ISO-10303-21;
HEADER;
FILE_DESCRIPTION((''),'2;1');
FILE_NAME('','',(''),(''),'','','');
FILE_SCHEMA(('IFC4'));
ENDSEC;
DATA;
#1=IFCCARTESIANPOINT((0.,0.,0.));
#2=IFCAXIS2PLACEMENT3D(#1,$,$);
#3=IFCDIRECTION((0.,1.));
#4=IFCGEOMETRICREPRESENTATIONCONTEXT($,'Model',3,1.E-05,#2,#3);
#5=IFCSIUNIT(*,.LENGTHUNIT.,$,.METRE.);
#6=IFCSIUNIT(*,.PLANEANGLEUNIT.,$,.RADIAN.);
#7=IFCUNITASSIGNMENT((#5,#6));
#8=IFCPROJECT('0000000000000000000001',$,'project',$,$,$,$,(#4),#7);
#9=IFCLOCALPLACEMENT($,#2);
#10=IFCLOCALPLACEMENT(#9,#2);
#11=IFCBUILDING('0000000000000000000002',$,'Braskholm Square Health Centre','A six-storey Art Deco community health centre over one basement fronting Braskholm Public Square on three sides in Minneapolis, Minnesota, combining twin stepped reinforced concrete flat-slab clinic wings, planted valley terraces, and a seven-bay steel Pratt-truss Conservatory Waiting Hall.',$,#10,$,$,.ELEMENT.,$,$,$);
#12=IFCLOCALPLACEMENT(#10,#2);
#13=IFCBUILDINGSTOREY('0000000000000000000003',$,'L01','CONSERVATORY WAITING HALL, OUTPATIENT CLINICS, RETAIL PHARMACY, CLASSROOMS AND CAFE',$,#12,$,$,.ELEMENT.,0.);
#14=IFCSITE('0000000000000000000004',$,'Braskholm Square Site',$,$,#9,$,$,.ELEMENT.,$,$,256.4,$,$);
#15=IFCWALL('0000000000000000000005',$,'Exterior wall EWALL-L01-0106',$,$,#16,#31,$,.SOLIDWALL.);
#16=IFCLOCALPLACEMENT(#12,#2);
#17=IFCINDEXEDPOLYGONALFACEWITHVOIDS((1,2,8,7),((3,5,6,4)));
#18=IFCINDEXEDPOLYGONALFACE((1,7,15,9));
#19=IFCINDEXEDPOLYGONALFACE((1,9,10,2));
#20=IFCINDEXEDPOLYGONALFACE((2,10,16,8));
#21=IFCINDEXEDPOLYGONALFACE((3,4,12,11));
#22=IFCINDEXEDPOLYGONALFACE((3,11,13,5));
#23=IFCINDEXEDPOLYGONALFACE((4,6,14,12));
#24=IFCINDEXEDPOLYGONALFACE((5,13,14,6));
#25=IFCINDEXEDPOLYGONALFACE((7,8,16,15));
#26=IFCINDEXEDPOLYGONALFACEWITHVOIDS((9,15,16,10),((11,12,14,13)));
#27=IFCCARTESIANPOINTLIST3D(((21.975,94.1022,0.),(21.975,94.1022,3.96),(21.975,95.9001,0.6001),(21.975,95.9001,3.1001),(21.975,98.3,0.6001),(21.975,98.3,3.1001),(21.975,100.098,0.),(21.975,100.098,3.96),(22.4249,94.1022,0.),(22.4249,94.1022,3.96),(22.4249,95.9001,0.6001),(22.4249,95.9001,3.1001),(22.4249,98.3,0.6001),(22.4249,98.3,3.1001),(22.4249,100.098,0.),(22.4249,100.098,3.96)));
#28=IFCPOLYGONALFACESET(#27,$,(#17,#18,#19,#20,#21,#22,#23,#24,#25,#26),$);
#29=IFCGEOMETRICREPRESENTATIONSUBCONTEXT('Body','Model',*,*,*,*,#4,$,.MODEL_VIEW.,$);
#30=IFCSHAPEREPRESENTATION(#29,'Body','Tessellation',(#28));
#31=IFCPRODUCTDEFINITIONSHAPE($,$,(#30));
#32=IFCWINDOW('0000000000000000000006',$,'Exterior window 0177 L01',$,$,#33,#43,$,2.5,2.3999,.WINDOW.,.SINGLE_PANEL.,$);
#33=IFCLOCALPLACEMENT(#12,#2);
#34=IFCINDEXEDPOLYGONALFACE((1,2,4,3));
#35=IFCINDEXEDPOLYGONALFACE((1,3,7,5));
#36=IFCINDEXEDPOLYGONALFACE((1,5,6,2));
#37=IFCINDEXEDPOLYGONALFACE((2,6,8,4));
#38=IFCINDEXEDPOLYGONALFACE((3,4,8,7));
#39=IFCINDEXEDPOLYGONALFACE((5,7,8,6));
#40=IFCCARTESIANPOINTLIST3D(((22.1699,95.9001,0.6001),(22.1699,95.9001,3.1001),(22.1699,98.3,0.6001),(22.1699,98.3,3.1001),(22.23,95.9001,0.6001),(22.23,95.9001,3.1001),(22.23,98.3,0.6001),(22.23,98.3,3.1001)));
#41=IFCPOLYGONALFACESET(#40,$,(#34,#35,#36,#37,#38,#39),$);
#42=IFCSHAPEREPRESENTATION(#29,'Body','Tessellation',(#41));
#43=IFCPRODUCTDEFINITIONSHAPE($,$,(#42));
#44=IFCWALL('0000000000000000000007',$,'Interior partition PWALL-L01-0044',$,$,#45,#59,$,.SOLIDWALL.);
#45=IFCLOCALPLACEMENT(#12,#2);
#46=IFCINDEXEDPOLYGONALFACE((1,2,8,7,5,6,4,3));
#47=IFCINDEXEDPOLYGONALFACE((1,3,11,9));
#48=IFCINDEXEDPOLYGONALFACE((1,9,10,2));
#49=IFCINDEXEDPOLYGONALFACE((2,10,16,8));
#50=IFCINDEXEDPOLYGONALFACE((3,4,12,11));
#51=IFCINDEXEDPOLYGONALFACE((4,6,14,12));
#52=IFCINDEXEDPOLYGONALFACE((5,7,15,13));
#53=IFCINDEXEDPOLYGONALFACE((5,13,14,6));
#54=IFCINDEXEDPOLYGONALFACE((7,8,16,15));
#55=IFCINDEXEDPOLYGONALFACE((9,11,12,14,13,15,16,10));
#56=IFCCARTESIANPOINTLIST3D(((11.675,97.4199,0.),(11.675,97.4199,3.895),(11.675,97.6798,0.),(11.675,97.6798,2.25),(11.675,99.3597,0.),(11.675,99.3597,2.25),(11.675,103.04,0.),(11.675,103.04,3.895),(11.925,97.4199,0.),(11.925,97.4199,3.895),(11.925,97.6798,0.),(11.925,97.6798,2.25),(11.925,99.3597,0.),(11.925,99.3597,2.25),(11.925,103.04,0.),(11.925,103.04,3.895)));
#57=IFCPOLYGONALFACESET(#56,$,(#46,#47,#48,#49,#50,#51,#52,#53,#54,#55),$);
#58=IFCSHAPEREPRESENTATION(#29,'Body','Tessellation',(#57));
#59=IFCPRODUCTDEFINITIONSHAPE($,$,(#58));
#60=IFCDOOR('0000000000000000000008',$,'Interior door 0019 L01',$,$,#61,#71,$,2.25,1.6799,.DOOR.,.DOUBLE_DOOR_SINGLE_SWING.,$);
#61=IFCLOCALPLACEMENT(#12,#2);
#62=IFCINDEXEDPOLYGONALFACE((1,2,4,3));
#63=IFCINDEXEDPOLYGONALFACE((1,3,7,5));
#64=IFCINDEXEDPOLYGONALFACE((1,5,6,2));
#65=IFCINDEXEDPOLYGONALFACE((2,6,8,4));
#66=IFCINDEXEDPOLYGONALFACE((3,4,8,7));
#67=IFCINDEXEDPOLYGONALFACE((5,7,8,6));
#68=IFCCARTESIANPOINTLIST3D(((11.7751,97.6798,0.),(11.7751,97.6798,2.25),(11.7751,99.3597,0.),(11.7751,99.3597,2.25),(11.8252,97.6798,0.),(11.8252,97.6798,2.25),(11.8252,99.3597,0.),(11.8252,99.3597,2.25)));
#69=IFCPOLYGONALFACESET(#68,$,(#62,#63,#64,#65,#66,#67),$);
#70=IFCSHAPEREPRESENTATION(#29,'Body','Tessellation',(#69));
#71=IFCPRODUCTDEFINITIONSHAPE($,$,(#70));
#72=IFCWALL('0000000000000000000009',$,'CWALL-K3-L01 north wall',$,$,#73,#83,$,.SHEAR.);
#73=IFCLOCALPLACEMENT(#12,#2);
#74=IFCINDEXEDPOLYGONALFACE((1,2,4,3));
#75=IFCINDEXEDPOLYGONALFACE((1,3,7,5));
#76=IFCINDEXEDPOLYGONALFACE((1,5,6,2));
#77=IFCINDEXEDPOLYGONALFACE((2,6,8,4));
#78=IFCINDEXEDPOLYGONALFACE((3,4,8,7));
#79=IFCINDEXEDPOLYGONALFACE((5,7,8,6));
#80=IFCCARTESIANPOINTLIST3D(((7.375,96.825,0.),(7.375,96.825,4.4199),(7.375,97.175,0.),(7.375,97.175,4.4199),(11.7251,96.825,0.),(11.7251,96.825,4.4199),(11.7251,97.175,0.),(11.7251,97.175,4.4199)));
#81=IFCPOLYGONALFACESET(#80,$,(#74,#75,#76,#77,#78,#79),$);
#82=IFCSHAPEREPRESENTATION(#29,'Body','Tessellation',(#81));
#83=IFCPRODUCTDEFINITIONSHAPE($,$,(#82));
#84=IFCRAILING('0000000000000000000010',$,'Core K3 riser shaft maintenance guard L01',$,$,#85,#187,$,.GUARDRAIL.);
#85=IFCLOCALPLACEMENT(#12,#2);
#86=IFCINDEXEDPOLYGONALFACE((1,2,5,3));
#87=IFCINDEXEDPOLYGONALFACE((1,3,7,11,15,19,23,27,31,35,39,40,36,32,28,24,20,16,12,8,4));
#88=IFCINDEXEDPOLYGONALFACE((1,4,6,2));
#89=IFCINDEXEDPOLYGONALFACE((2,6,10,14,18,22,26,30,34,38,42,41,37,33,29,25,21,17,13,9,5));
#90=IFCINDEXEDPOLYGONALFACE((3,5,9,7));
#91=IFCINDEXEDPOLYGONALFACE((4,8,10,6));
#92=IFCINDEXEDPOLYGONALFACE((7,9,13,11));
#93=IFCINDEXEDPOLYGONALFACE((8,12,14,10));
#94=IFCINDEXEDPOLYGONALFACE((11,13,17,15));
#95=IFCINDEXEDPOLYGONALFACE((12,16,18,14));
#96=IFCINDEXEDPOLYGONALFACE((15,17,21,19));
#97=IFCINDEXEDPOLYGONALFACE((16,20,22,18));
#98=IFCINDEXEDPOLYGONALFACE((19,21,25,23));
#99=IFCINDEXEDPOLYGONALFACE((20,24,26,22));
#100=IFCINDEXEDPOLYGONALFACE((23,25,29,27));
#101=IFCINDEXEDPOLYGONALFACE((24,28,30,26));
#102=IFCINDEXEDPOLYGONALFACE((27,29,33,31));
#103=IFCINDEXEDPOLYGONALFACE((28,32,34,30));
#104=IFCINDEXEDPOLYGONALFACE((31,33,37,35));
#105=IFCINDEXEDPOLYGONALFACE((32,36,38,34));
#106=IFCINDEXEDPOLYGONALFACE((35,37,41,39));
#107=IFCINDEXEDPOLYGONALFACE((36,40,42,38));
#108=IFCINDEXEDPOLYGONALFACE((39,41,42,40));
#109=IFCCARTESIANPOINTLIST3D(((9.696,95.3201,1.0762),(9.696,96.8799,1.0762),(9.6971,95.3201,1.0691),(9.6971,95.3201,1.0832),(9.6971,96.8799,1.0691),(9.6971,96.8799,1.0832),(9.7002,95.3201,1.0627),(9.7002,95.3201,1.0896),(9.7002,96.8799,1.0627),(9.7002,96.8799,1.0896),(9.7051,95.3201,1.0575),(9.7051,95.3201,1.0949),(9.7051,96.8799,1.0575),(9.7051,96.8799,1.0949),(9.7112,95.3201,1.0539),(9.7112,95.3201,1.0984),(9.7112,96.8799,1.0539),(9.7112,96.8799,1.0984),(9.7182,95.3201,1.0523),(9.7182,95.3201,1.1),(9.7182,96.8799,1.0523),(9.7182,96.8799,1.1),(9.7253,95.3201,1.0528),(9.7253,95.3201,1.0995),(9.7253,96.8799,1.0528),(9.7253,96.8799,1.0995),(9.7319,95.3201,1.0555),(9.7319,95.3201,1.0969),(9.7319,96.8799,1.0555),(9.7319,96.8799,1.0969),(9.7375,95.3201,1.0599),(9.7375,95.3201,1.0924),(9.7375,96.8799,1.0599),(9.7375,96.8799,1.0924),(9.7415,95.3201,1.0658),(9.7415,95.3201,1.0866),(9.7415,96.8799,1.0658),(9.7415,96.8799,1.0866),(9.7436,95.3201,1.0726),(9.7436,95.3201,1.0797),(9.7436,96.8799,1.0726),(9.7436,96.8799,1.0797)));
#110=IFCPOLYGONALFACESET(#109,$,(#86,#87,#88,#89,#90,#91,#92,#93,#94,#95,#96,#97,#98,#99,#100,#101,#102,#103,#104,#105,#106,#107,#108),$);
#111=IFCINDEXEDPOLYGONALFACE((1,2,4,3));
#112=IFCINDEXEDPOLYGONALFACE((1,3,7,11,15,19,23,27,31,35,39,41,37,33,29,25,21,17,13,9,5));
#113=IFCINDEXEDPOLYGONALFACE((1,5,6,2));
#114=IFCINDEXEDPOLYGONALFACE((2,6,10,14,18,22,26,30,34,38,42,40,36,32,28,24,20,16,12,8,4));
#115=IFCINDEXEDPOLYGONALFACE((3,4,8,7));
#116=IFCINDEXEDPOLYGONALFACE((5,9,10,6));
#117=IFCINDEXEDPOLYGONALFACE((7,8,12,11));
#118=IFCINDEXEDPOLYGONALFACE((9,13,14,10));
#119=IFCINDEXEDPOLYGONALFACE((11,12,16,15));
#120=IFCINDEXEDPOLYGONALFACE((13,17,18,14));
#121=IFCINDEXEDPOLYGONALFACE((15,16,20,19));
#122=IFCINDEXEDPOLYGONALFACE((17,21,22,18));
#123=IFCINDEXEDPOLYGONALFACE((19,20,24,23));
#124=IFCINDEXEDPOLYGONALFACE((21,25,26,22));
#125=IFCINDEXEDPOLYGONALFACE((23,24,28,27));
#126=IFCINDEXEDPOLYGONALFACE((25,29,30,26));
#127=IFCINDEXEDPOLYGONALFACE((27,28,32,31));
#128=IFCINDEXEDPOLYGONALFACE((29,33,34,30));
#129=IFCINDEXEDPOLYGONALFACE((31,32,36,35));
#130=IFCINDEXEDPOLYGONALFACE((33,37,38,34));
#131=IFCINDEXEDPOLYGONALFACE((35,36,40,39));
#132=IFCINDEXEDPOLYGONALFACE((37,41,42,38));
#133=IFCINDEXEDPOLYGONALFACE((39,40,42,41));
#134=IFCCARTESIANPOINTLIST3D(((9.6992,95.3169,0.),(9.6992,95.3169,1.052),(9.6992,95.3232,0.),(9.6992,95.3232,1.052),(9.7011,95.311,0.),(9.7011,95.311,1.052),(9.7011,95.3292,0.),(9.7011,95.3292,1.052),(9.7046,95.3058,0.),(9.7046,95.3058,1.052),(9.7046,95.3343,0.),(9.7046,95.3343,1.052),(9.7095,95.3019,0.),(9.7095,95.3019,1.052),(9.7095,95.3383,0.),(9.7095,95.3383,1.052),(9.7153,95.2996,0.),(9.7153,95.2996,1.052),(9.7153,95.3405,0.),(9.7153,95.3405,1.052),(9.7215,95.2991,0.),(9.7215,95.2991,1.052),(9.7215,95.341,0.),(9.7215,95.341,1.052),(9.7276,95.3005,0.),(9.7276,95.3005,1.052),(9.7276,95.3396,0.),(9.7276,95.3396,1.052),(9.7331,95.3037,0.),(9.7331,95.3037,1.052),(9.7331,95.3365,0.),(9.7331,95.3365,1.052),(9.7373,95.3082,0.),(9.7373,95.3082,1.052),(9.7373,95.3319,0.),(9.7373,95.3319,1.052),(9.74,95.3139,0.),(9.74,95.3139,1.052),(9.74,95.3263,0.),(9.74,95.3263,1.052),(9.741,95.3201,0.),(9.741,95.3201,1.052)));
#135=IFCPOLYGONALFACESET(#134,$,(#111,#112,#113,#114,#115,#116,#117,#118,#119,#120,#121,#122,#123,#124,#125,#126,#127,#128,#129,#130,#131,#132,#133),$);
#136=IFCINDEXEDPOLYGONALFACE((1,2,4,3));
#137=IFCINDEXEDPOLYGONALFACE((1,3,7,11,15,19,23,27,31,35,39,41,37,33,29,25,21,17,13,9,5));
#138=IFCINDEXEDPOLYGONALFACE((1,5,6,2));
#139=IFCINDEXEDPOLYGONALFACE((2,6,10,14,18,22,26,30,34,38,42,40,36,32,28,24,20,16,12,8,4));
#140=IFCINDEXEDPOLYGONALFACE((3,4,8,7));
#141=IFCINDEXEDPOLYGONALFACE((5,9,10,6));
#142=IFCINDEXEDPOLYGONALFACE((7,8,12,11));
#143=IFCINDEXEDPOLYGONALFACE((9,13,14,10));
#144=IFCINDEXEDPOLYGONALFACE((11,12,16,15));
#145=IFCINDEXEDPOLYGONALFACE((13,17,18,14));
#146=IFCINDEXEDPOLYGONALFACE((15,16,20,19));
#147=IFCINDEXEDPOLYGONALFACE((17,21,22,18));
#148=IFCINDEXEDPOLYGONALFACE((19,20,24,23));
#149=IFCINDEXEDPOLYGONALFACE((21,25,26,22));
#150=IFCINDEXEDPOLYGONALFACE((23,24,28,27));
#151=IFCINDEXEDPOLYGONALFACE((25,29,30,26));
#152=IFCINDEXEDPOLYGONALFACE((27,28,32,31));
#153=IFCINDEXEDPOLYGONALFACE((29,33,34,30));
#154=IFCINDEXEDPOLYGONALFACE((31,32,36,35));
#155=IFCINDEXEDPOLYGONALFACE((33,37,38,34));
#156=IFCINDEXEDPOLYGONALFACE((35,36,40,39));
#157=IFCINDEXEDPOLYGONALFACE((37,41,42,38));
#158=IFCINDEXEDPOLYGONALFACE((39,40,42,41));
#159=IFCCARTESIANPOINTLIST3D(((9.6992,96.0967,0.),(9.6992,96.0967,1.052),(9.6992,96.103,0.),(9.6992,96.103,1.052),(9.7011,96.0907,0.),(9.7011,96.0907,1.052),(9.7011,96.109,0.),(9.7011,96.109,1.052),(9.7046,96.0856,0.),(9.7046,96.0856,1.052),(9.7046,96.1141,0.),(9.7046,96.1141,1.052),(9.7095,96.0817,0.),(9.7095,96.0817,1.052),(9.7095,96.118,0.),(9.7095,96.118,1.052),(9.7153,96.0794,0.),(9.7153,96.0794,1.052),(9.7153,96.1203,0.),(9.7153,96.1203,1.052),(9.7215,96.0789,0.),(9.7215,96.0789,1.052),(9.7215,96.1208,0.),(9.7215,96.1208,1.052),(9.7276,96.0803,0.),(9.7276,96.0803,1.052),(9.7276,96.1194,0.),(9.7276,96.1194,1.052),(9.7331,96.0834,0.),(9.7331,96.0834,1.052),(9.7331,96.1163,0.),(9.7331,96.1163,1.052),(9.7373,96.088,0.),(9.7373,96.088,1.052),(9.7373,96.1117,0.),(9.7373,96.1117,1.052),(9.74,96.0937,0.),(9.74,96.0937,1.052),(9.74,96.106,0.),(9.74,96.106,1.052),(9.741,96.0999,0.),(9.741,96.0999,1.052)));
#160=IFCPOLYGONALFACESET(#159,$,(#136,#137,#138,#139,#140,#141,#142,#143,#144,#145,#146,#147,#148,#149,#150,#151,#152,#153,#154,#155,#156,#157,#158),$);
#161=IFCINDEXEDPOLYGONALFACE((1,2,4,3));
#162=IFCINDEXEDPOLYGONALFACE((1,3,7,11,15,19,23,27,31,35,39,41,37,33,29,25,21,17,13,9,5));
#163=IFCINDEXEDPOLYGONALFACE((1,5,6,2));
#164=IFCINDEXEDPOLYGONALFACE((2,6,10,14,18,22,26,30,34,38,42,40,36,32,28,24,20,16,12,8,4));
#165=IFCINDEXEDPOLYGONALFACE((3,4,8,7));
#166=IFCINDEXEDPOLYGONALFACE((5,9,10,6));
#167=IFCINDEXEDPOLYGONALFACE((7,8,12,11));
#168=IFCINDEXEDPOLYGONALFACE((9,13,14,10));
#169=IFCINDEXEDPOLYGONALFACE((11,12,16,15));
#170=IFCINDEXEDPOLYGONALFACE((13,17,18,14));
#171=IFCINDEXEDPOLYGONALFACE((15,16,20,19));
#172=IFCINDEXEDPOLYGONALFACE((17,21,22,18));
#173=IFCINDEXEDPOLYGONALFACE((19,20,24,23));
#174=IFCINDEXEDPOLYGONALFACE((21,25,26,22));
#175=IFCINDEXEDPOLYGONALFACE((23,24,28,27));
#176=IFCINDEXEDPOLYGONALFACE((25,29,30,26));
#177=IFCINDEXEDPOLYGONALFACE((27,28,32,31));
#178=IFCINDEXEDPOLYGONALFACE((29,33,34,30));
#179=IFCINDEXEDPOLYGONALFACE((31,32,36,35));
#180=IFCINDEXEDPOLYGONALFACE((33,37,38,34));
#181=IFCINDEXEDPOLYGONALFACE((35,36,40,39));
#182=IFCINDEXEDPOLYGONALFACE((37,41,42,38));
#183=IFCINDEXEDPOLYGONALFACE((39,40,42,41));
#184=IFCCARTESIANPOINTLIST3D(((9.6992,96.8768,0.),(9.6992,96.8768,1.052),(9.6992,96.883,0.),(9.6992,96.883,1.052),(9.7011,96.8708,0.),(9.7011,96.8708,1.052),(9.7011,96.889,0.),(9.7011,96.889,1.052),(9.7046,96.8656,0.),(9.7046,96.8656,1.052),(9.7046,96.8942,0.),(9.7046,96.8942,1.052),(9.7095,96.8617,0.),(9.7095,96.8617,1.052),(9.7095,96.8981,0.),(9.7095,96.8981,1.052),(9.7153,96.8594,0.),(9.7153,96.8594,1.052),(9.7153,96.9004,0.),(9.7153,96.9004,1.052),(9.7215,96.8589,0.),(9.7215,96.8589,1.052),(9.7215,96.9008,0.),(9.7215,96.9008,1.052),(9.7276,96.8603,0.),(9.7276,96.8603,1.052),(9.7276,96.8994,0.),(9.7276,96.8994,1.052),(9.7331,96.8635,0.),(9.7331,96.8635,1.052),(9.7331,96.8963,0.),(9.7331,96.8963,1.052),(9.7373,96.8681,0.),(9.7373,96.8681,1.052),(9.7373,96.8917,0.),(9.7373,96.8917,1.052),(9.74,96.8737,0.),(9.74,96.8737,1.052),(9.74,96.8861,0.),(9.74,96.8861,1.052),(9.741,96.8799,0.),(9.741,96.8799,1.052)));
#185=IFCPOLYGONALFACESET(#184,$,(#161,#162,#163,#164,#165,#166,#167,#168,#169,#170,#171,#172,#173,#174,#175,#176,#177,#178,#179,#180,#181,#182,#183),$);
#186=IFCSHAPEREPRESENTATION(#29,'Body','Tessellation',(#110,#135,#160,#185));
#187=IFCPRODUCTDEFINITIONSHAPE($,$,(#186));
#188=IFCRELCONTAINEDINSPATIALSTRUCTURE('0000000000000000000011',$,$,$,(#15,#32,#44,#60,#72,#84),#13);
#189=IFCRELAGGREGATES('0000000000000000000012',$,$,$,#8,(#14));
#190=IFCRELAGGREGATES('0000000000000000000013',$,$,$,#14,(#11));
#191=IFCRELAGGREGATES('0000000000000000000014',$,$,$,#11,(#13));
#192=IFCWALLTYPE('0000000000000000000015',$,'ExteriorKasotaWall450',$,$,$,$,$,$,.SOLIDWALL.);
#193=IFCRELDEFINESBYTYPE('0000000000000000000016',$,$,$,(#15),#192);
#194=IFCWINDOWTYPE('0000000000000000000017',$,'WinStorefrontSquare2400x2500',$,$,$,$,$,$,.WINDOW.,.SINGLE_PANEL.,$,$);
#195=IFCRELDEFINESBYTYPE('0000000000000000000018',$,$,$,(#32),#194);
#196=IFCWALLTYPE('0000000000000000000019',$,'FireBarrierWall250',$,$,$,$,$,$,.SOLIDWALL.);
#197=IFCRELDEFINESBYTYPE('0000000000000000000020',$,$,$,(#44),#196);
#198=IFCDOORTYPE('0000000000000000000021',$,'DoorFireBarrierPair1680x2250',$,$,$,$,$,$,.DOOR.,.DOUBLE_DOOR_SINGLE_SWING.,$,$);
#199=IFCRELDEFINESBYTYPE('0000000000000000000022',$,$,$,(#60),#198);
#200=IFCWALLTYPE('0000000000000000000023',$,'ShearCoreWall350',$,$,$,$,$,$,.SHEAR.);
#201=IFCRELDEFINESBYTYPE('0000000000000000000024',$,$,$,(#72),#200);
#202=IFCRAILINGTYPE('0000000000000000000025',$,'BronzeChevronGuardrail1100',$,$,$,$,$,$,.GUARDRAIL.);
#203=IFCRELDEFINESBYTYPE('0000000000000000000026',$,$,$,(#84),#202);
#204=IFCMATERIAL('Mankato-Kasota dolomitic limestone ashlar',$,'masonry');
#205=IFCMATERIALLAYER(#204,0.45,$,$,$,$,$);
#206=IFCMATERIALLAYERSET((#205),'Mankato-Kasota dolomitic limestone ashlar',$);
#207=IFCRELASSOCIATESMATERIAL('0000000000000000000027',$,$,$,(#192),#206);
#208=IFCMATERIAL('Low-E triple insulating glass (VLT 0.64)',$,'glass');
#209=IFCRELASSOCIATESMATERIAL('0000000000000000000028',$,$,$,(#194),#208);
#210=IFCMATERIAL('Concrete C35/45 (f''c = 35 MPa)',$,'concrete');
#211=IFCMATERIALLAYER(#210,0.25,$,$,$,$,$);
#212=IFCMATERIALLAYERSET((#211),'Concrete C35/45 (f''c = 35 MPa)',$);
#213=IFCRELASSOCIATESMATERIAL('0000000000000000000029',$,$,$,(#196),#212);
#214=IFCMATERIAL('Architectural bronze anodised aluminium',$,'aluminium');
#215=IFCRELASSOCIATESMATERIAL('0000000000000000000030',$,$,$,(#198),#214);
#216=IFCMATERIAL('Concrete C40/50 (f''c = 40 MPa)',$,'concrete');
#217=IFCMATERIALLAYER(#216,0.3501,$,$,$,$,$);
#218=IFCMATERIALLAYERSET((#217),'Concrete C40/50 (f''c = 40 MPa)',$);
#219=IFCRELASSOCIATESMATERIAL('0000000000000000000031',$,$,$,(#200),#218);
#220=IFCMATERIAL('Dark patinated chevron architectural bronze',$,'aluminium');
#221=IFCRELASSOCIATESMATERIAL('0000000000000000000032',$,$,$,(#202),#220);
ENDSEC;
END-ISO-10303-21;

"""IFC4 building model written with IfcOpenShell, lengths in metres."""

from ifc_helpers import new_model, si_unit, direction, frame, frame_2d, origin, origin_with_axes, origin_2d, place, context, subcontext, project, spatial, rectangle, circle, extrude, material, layer, layer_set, type_object, element, fill, save


model = new_model("IFC4")

# Units and contexts
model_context = context("Model", 3, precision=1e-05, world=origin(), true_north=direction((0.0, 1.0)))
body_context = subcontext(model_context, "Body", "Model", "MODEL_VIEW")
ifc_project = project(units=[si_unit("LENGTHUNIT", "METRE"), si_unit("PLANEANGLEUNIT", "RADIAN")], contexts=[model_context])

# Site, building, storey
site_placement = place(None, origin())
site = spatial("IfcSite", under=ifc_project, at=site_placement, Name="Braskholm Square Site", CompositionType="ELEMENT", RefElevation=256.4)
building_placement = place(site_placement, origin())
building = spatial("IfcBuilding", under=site, at=building_placement, Name="Braskholm Square Health Centre", Description="A six-storey Art Deco community health centre over one basement fronting Braskholm Public Square on three sides in Minneapolis, Minnesota, combining twin stepped reinforced concrete flat-slab clinic wings, planted valley terraces, and a seven-bay steel Pratt-truss Conservatory Waiting Hall.", CompositionType="ELEMENT")
storey_placement = place(building_placement, origin())
storey = spatial("IfcBuildingStorey", under=building, at=storey_placement, Name="L01", Description="CONSERVATORY WAITING HALL, OUTPATIENT CLINICS, RETAIL PHARMACY, CLASSROOMS AND CAFE", CompositionType="ELEMENT", Elevation=0.0)

# Shared definitions
ifc_material_1 = material(Name="Concrete C40/50 (f'c = 40 MPa)", Category="concrete")

# Shared definitions
ifc_material_2 = material(Name="Architectural bronze anodised aluminium", Category="aluminium")

# Shared definitions
ifc_material_3 = material(Name="Low-E triple insulating glass (VLT 0.64)", Category="glass")

# Wall, opening, window
ifc_material_4 = material(Name="Mankato-Kasota dolomitic limestone ashlar", Category="masonry")
ifc_layer_1 = layer(ifc_material_4, 0.45)
ifc_layer_set_1 = layer_set([ifc_layer_1], Name="Mankato-Kasota dolomitic limestone ashlar")
wall_type_1 = type_object("IfcWallType", Name="ExteriorKasotaWall450", PredefinedType="SOLIDWALL", material=ifc_layer_set_1)
wall_1_placement = place(storey_placement, frame((22.2, 94.1021, 0.0), z_axis=(0.0, 0.0, 1.0), x_axis=(0.0, 1.0, 0.0)))
wall_1 = element("IfcWall", 1, at=wall_1_placement, inside=storey, type_object=wall_type_1, Name="Exterior wall EWALL-L01-0106", PredefinedType="SOLIDWALL", context=body_context, shape_type="SweptSolid", body=[
    extrude(rectangle(XDim=5.9958, YDim=0.45, at=frame_2d((2.998, 0.0))), origin(), (0.0, 0.0, 1.0), 3.96),
])
opening_1_placement = place(wall_1_placement, frame((1.7981, 0.0, 0.6001)))
opening_1 = element("IfcOpeningElement", 2, at=opening_1_placement, cuts=wall_1, PredefinedType="OPENING", context=body_context, shape_type="SweptSolid", body=[
    extrude(rectangle(XDim=2.3999, YDim=2.5, at=frame_2d((1.2, 1.25))), frame((0.0, 0.2349, 0.0), z_axis=(0.0, -1.0, 0.0), x_axis=(1.0, 0.0, 0.0)), (0.0, 0.0, 1.0), 0.47),
])
window_type_1 = type_object("IfcWindowType", Name="WinStorefrontSquare2400x2500", PartitioningType="SINGLE_PANEL", PredefinedType="WINDOW", material=ifc_material_3)
window_1_placement = place(opening_1_placement, origin_with_axes())
window_1 = element("IfcWindow", 3, at=window_1_placement, inside=storey, type_object=window_type_1, Name="Exterior window 0177 L01", OverallHeight=2.5, OverallWidth=2.3999, PartitioningType="SINGLE_PANEL", PredefinedType="WINDOW", context=body_context, shape_type="SweptSolid", body=[
    extrude(rectangle(XDim=2.3999, YDim=2.5, at=frame_2d((1.2, 1.25))), frame((0.0, 0.03, 0.0), z_axis=(0.0, -1.0, 0.0), x_axis=(1.0, 0.0, 0.0)), (0.0, 0.0, 1.0), 0.0601),
])
fill(opening_1, window_1)

# Wall, opening, door
ifc_material_5 = material(Name="Concrete C35/45 (f'c = 35 MPa)", Category="concrete")
ifc_layer_2 = layer(ifc_material_5, 0.25)
ifc_layer_set_2 = layer_set([ifc_layer_2], Name="Concrete C35/45 (f'c = 35 MPa)")
wall_type_2 = type_object("IfcWallType", Name="FireBarrierWall250", PredefinedType="SOLIDWALL", material=ifc_layer_set_2)
wall_2_placement = place(storey_placement, frame((11.8, 97.4199, 0.0), z_axis=(0.0, 0.0, 1.0), x_axis=(0.0, 1.0, 0.0)))
wall_2 = element("IfcWall", 4, at=wall_2_placement, inside=storey, type_object=wall_type_2, Name="Interior partition PWALL-L01-0044", PredefinedType="SOLIDWALL", context=body_context, shape_type="SweptSolid", body=[
    extrude(rectangle(XDim=5.6201, YDim=0.25, at=frame_2d((2.8101, 0.0))), origin(), (0.0, 0.0, 1.0), 3.895),
])
opening_2_placement = place(wall_2_placement, frame((0.26, 0.0, 0.0)))
opening_2 = element("IfcOpeningElement", 5, at=opening_2_placement, cuts=wall_2, PredefinedType="OPENING", context=body_context, shape_type="SweptSolid", body=[
    extrude(rectangle(XDim=1.6799, YDim=2.25, at=frame_2d((0.8398, 1.125))), frame((0.0, 0.135, 0.0), z_axis=(0.0, -1.0, 0.0), x_axis=(1.0, 0.0, 0.0)), (0.0, 0.0, 1.0), 0.27),
])
door_type_1 = type_object("IfcDoorType", Name="DoorFireBarrierPair1680x2250", OperationType="DOUBLE_DOOR_SINGLE_SWING", PredefinedType="DOOR", material=ifc_material_2)
door_1_placement = place(opening_2_placement, origin_with_axes())
door_1 = element("IfcDoor", 6, at=door_1_placement, inside=storey, type_object=door_type_1, Name="Interior door 0019 L01", OperationType="DOUBLE_DOOR_SINGLE_SWING", OverallHeight=2.25, OverallWidth=1.6799, PredefinedType="DOOR", context=body_context, shape_type="SweptSolid", body=[
    extrude(rectangle(XDim=1.6799, YDim=2.25, at=frame_2d((0.8398, 1.125))), frame((0.0, 0.0249, 0.0), z_axis=(0.0, -1.0, 0.0), x_axis=(1.0, 0.0, 0.0)), (0.0, 0.0, 1.0), 0.05),
])
fill(opening_2, door_1)

# Wall
ifc_layer_3 = layer(ifc_material_1, 0.3501)
ifc_layer_set_3 = layer_set([ifc_layer_3], Name="Concrete C40/50 (f'c = 40 MPa)")
wall_type_3 = type_object("IfcWallType", Name="ShearCoreWall350", PredefinedType="SHEAR", material=ifc_layer_set_3)
wall_3_placement = place(storey_placement, frame((11.7251, 97.0, 0.0), z_axis=(0.0, 0.0, 1.0), x_axis=(-1.0, 0.0, 0.0)))
element("IfcWall", 7, at=wall_3_placement, inside=storey, type_object=wall_type_3, Name="CWALL-K3-L01 north wall", PredefinedType="SHEAR", context=body_context, shape_type="SweptSolid", body=[
    extrude(rectangle(XDim=4.3501, YDim=0.3501, at=frame_2d((2.175, 0.0))), origin(), (0.0, 0.0, 1.0), 4.4199),
])

# Railing
ifc_material_6 = material(Name="Dark patinated chevron architectural bronze", Category="aluminium")
railing_type = type_object("IfcRailingType", Name="BronzeChevronGuardrail1100", PredefinedType="GUARDRAIL", material=ifc_material_6)
railing_placement = place(storey_placement, frame((9.72, 95.3201, 0.0)))
element("IfcRailing", 8, at=railing_placement, inside=storey, type_object=railing_type, Name="Core K3 riser shaft maintenance guard L01", PredefinedType="GUARDRAIL", context=body_context, shape_type="SweptSolid", body=[
    extrude(circle(Radius=0.0239, at=origin_2d()), frame((0.0, 0.0, 1.0762), z_axis=(0.0, 1.0, 0.0), x_axis=(-1.0, 0.0, 0.0)), (0.0, 0.0, 1.0), 1.5598),
    extrude(circle(Radius=0.021, at=origin_2d()), origin(), (0.0, 0.0, 1.0), 1.052),
    extrude(circle(Radius=0.021, at=origin_2d()), frame((0.0, 0.7798, 0.0)), (0.0, 0.0, 1.0), 1.052),
    extrude(circle(Radius=0.021, at=origin_2d()), frame((0.0, 1.5598, 0.0)), (0.0, 0.0, 1.0), 1.052),
])

save(model, "model.ifc")
